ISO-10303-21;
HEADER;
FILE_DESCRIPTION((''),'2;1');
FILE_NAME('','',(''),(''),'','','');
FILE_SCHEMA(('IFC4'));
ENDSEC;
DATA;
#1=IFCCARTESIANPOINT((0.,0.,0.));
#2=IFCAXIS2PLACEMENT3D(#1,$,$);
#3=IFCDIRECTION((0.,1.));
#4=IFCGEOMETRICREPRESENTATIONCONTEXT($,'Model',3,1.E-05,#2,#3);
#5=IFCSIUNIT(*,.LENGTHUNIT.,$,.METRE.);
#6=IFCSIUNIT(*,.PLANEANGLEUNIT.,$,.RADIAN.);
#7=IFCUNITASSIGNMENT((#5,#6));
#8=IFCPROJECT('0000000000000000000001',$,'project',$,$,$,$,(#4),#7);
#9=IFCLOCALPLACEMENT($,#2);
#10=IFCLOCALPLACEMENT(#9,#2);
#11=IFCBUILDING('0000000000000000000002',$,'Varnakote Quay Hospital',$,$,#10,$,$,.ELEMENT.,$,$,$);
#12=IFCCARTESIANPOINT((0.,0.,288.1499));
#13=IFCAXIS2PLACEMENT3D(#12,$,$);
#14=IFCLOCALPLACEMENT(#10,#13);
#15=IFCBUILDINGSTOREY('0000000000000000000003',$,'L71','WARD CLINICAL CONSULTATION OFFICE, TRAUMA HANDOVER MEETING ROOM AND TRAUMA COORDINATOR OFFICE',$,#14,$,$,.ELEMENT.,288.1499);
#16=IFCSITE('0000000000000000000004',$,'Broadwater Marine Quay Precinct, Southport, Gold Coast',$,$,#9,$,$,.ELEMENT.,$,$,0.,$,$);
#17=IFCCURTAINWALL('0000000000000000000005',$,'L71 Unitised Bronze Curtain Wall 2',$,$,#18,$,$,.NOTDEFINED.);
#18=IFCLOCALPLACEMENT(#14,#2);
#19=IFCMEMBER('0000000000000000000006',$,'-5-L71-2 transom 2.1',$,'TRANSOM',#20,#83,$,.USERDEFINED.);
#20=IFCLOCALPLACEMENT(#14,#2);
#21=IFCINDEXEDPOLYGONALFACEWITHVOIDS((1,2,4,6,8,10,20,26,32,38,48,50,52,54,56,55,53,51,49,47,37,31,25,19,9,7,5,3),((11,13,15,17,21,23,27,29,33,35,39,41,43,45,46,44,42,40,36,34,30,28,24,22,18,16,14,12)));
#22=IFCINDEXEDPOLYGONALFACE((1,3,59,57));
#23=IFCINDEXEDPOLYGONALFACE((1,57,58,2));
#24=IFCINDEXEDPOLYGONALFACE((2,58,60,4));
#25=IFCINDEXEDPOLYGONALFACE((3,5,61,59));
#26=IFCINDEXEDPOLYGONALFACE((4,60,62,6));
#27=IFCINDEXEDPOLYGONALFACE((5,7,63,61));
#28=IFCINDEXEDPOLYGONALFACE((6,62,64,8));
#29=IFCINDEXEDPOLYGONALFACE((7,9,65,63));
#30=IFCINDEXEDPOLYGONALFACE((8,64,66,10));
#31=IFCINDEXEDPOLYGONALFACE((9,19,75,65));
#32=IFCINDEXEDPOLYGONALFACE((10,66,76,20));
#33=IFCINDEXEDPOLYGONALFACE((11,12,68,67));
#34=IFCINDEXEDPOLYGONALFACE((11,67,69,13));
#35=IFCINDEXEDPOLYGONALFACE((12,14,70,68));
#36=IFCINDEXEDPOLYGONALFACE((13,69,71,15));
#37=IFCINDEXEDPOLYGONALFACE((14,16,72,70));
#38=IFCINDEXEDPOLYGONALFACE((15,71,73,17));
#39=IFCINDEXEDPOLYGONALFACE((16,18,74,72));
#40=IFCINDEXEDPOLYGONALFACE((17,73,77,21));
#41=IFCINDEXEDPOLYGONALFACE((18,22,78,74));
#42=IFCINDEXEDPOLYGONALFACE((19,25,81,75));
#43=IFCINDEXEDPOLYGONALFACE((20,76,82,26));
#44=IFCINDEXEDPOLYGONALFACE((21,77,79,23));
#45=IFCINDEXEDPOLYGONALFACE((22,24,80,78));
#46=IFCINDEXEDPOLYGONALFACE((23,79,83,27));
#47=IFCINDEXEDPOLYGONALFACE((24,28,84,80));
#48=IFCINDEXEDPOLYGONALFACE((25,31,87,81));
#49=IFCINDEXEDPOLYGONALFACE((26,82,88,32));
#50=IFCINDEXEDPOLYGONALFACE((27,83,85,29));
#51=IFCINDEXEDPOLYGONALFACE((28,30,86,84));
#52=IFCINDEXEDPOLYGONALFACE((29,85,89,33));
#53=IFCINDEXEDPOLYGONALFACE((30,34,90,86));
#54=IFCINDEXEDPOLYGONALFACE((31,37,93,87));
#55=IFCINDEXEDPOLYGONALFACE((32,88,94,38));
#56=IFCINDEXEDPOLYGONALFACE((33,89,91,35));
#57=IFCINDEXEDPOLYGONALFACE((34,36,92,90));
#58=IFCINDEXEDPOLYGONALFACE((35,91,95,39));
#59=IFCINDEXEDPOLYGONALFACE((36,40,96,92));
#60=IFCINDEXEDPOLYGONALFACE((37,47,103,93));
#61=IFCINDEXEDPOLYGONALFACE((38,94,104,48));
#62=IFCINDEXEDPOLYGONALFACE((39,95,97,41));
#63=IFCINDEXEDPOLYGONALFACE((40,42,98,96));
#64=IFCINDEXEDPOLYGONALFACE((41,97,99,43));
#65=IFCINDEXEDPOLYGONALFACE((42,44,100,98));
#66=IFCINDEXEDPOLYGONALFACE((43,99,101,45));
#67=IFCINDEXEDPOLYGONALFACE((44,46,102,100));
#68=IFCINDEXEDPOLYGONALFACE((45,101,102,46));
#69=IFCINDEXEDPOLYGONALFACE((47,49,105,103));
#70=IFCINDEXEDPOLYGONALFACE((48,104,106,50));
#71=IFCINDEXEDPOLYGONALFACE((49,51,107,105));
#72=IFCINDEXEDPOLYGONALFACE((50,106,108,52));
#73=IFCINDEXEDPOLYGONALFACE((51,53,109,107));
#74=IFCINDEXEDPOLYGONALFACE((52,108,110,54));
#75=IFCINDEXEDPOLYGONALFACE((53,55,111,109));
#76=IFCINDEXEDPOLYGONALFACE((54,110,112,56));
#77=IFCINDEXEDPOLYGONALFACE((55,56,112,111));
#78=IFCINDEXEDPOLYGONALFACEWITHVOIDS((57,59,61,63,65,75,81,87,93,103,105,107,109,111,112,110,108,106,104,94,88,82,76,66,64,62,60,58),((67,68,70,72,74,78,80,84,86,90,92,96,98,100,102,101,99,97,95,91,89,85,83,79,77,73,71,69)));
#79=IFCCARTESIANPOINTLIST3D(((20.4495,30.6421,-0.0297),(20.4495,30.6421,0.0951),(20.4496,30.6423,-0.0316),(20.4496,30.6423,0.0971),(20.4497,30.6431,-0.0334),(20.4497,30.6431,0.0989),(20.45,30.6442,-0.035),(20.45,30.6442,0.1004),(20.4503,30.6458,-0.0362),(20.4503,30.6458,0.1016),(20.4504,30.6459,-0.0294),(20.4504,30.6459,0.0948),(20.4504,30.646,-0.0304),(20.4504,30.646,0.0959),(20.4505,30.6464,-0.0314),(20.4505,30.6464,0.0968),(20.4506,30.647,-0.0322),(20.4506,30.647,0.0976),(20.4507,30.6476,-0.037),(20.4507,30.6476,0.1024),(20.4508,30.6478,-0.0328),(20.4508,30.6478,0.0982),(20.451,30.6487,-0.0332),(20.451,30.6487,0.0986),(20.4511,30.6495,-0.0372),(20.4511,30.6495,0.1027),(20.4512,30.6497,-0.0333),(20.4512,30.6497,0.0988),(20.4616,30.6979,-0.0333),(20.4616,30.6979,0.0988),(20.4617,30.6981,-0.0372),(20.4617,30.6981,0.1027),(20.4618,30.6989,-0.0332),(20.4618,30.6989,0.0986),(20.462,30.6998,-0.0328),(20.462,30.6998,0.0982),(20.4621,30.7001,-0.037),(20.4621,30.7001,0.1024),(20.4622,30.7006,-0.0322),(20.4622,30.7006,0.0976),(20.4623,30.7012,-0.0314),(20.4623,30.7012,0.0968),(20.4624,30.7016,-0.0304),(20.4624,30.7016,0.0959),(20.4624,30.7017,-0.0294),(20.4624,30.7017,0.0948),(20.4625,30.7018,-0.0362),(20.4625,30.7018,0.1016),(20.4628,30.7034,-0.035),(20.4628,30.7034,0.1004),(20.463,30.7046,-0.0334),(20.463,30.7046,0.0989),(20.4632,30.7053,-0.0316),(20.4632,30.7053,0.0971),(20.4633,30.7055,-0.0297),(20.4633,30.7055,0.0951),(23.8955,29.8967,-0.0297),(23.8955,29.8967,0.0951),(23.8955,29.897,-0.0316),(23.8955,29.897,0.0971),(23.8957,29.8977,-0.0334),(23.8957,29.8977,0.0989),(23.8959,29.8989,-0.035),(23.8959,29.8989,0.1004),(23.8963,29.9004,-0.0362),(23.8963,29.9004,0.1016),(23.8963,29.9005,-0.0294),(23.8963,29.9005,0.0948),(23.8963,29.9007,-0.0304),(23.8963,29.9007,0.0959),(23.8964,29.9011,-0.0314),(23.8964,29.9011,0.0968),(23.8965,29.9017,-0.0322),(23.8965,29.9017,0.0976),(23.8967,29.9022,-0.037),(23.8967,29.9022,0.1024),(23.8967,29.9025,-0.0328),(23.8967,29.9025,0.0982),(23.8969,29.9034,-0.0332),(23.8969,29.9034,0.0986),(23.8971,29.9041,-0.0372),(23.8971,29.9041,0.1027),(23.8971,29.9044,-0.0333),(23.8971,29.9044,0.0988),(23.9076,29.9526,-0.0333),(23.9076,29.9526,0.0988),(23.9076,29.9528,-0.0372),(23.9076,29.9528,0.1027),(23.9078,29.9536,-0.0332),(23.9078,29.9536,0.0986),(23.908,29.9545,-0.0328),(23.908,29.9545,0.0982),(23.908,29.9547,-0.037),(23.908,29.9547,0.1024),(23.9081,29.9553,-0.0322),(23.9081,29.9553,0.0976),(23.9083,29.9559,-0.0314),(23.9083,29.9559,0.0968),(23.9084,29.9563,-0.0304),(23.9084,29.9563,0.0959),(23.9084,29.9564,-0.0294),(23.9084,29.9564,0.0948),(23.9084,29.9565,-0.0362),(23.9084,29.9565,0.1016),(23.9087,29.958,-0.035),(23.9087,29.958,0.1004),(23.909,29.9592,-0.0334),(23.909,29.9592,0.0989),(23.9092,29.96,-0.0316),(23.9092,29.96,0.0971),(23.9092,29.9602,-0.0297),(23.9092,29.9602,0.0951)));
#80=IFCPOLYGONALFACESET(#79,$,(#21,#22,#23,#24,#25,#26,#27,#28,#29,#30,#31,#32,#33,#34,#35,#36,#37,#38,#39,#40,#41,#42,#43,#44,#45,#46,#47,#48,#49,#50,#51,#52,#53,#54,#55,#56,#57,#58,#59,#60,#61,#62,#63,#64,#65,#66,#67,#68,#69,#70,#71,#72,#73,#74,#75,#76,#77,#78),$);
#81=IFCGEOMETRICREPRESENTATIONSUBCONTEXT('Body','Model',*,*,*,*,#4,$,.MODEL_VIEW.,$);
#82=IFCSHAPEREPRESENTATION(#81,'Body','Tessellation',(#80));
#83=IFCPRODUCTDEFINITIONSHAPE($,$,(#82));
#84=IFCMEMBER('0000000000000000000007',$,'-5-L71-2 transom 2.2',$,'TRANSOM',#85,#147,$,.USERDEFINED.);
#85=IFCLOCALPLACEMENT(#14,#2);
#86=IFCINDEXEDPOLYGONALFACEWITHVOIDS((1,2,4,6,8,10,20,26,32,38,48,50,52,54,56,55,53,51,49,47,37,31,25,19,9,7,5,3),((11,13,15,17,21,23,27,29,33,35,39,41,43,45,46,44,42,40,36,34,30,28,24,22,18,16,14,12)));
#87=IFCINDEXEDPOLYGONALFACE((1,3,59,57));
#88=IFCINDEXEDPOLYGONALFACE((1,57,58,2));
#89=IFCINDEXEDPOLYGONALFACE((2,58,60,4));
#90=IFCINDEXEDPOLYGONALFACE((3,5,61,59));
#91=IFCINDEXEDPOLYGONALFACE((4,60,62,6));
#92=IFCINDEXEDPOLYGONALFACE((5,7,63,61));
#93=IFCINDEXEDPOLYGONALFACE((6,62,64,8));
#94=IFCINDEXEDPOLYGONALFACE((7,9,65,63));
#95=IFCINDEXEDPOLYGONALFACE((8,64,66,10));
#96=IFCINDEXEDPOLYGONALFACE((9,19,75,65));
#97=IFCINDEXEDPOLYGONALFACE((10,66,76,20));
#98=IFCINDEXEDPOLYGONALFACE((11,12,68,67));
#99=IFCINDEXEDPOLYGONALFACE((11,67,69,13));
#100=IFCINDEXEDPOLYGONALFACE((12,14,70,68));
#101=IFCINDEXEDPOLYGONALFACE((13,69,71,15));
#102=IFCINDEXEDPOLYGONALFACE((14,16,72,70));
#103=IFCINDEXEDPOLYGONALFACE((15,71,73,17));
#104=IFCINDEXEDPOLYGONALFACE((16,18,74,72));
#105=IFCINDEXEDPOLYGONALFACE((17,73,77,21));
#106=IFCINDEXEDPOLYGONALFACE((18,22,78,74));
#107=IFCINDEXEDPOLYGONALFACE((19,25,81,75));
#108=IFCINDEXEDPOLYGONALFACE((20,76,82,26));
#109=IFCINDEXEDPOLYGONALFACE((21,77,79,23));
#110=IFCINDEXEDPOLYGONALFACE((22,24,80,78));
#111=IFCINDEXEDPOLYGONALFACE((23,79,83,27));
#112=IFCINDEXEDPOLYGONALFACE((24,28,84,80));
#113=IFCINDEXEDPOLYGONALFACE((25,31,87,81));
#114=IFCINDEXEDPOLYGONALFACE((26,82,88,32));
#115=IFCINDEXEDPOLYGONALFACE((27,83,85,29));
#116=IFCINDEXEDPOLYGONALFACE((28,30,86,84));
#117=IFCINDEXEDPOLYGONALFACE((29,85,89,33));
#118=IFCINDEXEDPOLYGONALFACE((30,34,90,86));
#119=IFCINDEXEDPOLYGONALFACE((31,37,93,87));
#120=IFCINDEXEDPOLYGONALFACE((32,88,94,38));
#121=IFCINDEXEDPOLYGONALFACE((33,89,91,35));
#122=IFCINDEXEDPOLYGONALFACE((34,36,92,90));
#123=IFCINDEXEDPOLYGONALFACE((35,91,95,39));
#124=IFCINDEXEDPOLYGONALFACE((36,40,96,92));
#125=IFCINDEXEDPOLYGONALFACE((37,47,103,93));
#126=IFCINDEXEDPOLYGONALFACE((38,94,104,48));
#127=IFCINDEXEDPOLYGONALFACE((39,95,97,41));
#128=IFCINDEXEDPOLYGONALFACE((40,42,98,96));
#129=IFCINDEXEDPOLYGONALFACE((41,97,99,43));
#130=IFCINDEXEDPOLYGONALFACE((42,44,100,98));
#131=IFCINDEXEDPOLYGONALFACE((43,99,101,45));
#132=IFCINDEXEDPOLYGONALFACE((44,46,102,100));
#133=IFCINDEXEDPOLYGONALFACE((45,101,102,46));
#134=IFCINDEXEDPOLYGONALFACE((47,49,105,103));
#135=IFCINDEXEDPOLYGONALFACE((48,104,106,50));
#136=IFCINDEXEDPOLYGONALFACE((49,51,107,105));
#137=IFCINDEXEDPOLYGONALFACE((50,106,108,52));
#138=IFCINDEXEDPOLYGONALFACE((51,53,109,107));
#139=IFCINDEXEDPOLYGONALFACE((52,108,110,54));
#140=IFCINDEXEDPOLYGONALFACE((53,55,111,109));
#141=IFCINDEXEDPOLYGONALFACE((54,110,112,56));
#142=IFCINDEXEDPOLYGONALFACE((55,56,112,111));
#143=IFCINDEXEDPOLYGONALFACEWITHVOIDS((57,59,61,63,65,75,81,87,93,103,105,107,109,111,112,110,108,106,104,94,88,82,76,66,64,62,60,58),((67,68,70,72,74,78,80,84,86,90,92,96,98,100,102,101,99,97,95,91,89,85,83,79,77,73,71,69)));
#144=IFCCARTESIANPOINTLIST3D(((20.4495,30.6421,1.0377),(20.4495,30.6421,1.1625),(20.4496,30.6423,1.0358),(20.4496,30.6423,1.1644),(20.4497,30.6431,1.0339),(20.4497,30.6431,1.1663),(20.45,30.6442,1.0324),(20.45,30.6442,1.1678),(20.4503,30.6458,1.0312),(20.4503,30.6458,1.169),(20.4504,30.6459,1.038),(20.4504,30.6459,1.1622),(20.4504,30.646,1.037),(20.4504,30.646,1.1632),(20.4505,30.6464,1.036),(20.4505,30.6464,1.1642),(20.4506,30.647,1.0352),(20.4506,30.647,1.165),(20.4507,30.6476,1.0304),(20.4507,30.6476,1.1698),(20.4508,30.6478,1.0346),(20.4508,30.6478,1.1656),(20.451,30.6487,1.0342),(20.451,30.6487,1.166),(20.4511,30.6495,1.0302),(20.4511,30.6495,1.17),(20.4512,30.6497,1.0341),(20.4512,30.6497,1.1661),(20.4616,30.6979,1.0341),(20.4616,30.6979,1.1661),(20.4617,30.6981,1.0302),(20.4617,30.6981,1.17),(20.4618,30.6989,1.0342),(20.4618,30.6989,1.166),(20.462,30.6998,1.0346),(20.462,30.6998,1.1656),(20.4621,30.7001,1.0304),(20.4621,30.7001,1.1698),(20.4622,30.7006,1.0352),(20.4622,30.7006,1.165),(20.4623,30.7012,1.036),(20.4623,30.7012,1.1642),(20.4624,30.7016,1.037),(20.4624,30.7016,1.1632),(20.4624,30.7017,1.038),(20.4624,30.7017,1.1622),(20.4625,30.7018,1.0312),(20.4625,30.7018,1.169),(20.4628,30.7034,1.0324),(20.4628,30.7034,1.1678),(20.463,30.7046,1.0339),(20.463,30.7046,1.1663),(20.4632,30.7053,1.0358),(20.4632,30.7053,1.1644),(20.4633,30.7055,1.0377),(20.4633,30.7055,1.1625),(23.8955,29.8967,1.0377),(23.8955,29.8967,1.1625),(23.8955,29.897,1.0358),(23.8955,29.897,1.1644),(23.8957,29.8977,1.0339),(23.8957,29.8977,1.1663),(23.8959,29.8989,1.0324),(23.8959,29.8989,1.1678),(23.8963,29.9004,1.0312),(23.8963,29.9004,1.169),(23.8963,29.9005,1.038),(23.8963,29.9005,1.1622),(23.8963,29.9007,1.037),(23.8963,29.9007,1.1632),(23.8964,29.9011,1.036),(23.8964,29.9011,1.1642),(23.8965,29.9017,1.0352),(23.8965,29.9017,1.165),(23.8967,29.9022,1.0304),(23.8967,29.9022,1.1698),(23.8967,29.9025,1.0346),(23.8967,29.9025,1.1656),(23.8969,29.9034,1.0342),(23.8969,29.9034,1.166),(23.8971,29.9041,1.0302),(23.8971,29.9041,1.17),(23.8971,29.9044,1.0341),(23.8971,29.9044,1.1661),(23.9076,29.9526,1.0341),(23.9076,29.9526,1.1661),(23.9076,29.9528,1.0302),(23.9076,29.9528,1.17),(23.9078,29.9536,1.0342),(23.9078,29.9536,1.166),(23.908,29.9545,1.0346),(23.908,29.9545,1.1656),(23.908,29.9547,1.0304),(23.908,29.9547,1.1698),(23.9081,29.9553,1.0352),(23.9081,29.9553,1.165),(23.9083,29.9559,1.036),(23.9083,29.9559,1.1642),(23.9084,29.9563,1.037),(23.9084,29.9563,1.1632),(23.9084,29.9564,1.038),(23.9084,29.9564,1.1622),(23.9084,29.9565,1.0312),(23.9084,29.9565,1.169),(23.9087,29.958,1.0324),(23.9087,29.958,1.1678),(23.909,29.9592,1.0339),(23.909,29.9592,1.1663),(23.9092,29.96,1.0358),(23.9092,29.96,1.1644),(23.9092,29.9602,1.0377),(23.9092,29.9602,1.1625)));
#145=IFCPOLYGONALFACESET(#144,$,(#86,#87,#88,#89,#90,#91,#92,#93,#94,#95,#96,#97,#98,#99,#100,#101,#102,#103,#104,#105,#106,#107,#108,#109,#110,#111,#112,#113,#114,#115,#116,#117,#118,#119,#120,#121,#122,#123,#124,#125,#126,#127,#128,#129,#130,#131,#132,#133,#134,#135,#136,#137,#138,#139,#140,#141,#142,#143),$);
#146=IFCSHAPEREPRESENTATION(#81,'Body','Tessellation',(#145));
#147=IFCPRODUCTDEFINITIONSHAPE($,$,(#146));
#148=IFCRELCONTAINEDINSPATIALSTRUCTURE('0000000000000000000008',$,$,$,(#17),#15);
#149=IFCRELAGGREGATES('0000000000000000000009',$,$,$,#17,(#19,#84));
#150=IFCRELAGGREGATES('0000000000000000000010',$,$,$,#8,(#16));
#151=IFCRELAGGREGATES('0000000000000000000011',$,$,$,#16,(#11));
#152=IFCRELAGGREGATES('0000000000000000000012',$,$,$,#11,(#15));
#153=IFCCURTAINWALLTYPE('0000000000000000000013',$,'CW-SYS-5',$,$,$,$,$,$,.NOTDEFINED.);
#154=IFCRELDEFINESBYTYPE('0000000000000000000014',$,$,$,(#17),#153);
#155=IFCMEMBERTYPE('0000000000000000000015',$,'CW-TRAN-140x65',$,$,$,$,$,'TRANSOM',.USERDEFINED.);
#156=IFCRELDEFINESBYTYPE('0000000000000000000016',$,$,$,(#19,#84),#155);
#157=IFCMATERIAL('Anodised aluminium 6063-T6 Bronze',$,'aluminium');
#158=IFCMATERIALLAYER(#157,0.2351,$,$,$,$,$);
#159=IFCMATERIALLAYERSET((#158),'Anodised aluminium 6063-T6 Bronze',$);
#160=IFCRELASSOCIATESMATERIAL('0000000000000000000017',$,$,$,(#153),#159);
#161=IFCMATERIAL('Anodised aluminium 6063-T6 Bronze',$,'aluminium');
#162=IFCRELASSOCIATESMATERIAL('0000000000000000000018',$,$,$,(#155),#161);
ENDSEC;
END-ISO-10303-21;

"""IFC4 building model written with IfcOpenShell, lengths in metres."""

from ifc_helpers import new_model, si_unit, direction, frame, origin, origin_2d, place, context, subcontext, project, spatial, hollow_rectangle, extrude, material, layer, layer_set, material_profile, profile_set, type_object, element, aggregate, save


model = new_model("IFC4")

# Units and contexts
model_context = context("Model", 3, precision=1e-05, world=origin(), true_north=direction((0.0, 1.0)))
body_context = subcontext(model_context, "Body", "Model", "MODEL_VIEW")
ifc_project = project(units=[si_unit("LENGTHUNIT", "METRE"), si_unit("PLANEANGLEUNIT", "RADIAN")], contexts=[model_context])

# Site, building, storey
site_placement = place(None, origin())
site = spatial("IfcSite", under=ifc_project, at=site_placement, Name="Broadwater Marine Quay Precinct, Southport, Gold Coast", CompositionType="ELEMENT", RefElevation=0.0)
building_placement = place(site_placement, origin())
building = spatial("IfcBuilding", under=site, at=building_placement, Name="Varnakote Quay Hospital", CompositionType="ELEMENT")
storey_placement = place(building_placement, frame((0.0, 0.0, 288.1499)))
storey = spatial("IfcBuildingStorey", under=building, at=storey_placement, Name="L71", Description="WARD CLINICAL CONSULTATION OFFICE, TRAUMA HANDOVER MEETING ROOM AND TRAUMA COORDINATOR OFFICE", CompositionType="ELEMENT", Elevation=288.1499)

# Shared definitions
ifc_material_1 = material(Name="Anodised aluminium 6063-T6 Bronze", Category="aluminium")
ifc_layer_1 = layer(ifc_material_1, 0.2351)
ifc_layer_set_1 = layer_set([ifc_layer_1], Name="Anodised aluminium 6063-T6 Bronze")
curtain_wall_type = type_object("IfcCurtainWallType", Name="CW-SYS-5", PredefinedType="NOTDEFINED", material=ifc_layer_set_1)

# Curtain wall, members
curtain_wall_1_placement = place(storey_placement, origin())
curtain_wall_1 = element("IfcCurtainWall", 1, at=curtain_wall_1_placement, inside=storey, type_object=curtain_wall_type, Name="L71 Unitised Bronze Curtain Wall 2", PredefinedType="NOTDEFINED")
ifc_material_2 = material(Name="Anodised aluminium 6063-T6 Bronze", Category="aluminium")
ifc_material_profile_1 = material_profile(ifc_material_2, hollow_rectangle(XDim=0.0649, YDim=0.1399, WallThickness=0.0039, InnerFilletRadius=0.0039, OuterFilletRadius=0.0076, at=origin_2d()), Name="CW-TRAN-140x65")
ifc_profile_set_1 = profile_set([ifc_material_profile_1], Name="Anodised aluminium 6063-T6 Bronze")
member_type_1 = type_object("IfcMemberType", Name="CW-TRAN-140x65", ElementType="TRANSOM", PredefinedType="USERDEFINED", material=ifc_profile_set_1)
member_1_placement = place(storey_placement, frame((23.9023, 29.9285, 0.0327), z_axis=(-0.977398, 0.211406, 0.0), x_axis=(-0.211406, -0.977398, 0.0)))
member_1 = element("IfcMember", 2, at=member_1_placement, type_object=member_type_1, Name="-5-L71-2 transom 2.1", ObjectType="TRANSOM", PredefinedType="USERDEFINED", context=body_context, shape_type="SweptSolid", body=[
    extrude(hollow_rectangle(XDim=0.0649, YDim=0.1399, WallThickness=0.0039, InnerFilletRadius=0.0039, OuterFilletRadius=0.0076, at=origin_2d()), origin(), (0.0, 0.0, 1.0), 3.5256),
])
member_2_placement = place(storey_placement, frame((23.9023, 29.9285, 1.1001), z_axis=(-0.977398, 0.211406, 0.0), x_axis=(-0.211406, -0.977398, 0.0)))
member_2 = element("IfcMember", 3, at=member_2_placement, type_object=member_type_1, Name="-5-L71-2 transom 2.2", ObjectType="TRANSOM", PredefinedType="USERDEFINED", context=body_context, shape_type="SweptSolid", body=[
    extrude(hollow_rectangle(XDim=0.0649, YDim=0.1399, WallThickness=0.0039, InnerFilletRadius=0.0039, OuterFilletRadius=0.0076, at=origin_2d()), origin(), (0.0, 0.0, 1.0), 3.5256),
])
aggregate(curtain_wall_1, [member_1, member_2])

save(model, "model.ifc")
